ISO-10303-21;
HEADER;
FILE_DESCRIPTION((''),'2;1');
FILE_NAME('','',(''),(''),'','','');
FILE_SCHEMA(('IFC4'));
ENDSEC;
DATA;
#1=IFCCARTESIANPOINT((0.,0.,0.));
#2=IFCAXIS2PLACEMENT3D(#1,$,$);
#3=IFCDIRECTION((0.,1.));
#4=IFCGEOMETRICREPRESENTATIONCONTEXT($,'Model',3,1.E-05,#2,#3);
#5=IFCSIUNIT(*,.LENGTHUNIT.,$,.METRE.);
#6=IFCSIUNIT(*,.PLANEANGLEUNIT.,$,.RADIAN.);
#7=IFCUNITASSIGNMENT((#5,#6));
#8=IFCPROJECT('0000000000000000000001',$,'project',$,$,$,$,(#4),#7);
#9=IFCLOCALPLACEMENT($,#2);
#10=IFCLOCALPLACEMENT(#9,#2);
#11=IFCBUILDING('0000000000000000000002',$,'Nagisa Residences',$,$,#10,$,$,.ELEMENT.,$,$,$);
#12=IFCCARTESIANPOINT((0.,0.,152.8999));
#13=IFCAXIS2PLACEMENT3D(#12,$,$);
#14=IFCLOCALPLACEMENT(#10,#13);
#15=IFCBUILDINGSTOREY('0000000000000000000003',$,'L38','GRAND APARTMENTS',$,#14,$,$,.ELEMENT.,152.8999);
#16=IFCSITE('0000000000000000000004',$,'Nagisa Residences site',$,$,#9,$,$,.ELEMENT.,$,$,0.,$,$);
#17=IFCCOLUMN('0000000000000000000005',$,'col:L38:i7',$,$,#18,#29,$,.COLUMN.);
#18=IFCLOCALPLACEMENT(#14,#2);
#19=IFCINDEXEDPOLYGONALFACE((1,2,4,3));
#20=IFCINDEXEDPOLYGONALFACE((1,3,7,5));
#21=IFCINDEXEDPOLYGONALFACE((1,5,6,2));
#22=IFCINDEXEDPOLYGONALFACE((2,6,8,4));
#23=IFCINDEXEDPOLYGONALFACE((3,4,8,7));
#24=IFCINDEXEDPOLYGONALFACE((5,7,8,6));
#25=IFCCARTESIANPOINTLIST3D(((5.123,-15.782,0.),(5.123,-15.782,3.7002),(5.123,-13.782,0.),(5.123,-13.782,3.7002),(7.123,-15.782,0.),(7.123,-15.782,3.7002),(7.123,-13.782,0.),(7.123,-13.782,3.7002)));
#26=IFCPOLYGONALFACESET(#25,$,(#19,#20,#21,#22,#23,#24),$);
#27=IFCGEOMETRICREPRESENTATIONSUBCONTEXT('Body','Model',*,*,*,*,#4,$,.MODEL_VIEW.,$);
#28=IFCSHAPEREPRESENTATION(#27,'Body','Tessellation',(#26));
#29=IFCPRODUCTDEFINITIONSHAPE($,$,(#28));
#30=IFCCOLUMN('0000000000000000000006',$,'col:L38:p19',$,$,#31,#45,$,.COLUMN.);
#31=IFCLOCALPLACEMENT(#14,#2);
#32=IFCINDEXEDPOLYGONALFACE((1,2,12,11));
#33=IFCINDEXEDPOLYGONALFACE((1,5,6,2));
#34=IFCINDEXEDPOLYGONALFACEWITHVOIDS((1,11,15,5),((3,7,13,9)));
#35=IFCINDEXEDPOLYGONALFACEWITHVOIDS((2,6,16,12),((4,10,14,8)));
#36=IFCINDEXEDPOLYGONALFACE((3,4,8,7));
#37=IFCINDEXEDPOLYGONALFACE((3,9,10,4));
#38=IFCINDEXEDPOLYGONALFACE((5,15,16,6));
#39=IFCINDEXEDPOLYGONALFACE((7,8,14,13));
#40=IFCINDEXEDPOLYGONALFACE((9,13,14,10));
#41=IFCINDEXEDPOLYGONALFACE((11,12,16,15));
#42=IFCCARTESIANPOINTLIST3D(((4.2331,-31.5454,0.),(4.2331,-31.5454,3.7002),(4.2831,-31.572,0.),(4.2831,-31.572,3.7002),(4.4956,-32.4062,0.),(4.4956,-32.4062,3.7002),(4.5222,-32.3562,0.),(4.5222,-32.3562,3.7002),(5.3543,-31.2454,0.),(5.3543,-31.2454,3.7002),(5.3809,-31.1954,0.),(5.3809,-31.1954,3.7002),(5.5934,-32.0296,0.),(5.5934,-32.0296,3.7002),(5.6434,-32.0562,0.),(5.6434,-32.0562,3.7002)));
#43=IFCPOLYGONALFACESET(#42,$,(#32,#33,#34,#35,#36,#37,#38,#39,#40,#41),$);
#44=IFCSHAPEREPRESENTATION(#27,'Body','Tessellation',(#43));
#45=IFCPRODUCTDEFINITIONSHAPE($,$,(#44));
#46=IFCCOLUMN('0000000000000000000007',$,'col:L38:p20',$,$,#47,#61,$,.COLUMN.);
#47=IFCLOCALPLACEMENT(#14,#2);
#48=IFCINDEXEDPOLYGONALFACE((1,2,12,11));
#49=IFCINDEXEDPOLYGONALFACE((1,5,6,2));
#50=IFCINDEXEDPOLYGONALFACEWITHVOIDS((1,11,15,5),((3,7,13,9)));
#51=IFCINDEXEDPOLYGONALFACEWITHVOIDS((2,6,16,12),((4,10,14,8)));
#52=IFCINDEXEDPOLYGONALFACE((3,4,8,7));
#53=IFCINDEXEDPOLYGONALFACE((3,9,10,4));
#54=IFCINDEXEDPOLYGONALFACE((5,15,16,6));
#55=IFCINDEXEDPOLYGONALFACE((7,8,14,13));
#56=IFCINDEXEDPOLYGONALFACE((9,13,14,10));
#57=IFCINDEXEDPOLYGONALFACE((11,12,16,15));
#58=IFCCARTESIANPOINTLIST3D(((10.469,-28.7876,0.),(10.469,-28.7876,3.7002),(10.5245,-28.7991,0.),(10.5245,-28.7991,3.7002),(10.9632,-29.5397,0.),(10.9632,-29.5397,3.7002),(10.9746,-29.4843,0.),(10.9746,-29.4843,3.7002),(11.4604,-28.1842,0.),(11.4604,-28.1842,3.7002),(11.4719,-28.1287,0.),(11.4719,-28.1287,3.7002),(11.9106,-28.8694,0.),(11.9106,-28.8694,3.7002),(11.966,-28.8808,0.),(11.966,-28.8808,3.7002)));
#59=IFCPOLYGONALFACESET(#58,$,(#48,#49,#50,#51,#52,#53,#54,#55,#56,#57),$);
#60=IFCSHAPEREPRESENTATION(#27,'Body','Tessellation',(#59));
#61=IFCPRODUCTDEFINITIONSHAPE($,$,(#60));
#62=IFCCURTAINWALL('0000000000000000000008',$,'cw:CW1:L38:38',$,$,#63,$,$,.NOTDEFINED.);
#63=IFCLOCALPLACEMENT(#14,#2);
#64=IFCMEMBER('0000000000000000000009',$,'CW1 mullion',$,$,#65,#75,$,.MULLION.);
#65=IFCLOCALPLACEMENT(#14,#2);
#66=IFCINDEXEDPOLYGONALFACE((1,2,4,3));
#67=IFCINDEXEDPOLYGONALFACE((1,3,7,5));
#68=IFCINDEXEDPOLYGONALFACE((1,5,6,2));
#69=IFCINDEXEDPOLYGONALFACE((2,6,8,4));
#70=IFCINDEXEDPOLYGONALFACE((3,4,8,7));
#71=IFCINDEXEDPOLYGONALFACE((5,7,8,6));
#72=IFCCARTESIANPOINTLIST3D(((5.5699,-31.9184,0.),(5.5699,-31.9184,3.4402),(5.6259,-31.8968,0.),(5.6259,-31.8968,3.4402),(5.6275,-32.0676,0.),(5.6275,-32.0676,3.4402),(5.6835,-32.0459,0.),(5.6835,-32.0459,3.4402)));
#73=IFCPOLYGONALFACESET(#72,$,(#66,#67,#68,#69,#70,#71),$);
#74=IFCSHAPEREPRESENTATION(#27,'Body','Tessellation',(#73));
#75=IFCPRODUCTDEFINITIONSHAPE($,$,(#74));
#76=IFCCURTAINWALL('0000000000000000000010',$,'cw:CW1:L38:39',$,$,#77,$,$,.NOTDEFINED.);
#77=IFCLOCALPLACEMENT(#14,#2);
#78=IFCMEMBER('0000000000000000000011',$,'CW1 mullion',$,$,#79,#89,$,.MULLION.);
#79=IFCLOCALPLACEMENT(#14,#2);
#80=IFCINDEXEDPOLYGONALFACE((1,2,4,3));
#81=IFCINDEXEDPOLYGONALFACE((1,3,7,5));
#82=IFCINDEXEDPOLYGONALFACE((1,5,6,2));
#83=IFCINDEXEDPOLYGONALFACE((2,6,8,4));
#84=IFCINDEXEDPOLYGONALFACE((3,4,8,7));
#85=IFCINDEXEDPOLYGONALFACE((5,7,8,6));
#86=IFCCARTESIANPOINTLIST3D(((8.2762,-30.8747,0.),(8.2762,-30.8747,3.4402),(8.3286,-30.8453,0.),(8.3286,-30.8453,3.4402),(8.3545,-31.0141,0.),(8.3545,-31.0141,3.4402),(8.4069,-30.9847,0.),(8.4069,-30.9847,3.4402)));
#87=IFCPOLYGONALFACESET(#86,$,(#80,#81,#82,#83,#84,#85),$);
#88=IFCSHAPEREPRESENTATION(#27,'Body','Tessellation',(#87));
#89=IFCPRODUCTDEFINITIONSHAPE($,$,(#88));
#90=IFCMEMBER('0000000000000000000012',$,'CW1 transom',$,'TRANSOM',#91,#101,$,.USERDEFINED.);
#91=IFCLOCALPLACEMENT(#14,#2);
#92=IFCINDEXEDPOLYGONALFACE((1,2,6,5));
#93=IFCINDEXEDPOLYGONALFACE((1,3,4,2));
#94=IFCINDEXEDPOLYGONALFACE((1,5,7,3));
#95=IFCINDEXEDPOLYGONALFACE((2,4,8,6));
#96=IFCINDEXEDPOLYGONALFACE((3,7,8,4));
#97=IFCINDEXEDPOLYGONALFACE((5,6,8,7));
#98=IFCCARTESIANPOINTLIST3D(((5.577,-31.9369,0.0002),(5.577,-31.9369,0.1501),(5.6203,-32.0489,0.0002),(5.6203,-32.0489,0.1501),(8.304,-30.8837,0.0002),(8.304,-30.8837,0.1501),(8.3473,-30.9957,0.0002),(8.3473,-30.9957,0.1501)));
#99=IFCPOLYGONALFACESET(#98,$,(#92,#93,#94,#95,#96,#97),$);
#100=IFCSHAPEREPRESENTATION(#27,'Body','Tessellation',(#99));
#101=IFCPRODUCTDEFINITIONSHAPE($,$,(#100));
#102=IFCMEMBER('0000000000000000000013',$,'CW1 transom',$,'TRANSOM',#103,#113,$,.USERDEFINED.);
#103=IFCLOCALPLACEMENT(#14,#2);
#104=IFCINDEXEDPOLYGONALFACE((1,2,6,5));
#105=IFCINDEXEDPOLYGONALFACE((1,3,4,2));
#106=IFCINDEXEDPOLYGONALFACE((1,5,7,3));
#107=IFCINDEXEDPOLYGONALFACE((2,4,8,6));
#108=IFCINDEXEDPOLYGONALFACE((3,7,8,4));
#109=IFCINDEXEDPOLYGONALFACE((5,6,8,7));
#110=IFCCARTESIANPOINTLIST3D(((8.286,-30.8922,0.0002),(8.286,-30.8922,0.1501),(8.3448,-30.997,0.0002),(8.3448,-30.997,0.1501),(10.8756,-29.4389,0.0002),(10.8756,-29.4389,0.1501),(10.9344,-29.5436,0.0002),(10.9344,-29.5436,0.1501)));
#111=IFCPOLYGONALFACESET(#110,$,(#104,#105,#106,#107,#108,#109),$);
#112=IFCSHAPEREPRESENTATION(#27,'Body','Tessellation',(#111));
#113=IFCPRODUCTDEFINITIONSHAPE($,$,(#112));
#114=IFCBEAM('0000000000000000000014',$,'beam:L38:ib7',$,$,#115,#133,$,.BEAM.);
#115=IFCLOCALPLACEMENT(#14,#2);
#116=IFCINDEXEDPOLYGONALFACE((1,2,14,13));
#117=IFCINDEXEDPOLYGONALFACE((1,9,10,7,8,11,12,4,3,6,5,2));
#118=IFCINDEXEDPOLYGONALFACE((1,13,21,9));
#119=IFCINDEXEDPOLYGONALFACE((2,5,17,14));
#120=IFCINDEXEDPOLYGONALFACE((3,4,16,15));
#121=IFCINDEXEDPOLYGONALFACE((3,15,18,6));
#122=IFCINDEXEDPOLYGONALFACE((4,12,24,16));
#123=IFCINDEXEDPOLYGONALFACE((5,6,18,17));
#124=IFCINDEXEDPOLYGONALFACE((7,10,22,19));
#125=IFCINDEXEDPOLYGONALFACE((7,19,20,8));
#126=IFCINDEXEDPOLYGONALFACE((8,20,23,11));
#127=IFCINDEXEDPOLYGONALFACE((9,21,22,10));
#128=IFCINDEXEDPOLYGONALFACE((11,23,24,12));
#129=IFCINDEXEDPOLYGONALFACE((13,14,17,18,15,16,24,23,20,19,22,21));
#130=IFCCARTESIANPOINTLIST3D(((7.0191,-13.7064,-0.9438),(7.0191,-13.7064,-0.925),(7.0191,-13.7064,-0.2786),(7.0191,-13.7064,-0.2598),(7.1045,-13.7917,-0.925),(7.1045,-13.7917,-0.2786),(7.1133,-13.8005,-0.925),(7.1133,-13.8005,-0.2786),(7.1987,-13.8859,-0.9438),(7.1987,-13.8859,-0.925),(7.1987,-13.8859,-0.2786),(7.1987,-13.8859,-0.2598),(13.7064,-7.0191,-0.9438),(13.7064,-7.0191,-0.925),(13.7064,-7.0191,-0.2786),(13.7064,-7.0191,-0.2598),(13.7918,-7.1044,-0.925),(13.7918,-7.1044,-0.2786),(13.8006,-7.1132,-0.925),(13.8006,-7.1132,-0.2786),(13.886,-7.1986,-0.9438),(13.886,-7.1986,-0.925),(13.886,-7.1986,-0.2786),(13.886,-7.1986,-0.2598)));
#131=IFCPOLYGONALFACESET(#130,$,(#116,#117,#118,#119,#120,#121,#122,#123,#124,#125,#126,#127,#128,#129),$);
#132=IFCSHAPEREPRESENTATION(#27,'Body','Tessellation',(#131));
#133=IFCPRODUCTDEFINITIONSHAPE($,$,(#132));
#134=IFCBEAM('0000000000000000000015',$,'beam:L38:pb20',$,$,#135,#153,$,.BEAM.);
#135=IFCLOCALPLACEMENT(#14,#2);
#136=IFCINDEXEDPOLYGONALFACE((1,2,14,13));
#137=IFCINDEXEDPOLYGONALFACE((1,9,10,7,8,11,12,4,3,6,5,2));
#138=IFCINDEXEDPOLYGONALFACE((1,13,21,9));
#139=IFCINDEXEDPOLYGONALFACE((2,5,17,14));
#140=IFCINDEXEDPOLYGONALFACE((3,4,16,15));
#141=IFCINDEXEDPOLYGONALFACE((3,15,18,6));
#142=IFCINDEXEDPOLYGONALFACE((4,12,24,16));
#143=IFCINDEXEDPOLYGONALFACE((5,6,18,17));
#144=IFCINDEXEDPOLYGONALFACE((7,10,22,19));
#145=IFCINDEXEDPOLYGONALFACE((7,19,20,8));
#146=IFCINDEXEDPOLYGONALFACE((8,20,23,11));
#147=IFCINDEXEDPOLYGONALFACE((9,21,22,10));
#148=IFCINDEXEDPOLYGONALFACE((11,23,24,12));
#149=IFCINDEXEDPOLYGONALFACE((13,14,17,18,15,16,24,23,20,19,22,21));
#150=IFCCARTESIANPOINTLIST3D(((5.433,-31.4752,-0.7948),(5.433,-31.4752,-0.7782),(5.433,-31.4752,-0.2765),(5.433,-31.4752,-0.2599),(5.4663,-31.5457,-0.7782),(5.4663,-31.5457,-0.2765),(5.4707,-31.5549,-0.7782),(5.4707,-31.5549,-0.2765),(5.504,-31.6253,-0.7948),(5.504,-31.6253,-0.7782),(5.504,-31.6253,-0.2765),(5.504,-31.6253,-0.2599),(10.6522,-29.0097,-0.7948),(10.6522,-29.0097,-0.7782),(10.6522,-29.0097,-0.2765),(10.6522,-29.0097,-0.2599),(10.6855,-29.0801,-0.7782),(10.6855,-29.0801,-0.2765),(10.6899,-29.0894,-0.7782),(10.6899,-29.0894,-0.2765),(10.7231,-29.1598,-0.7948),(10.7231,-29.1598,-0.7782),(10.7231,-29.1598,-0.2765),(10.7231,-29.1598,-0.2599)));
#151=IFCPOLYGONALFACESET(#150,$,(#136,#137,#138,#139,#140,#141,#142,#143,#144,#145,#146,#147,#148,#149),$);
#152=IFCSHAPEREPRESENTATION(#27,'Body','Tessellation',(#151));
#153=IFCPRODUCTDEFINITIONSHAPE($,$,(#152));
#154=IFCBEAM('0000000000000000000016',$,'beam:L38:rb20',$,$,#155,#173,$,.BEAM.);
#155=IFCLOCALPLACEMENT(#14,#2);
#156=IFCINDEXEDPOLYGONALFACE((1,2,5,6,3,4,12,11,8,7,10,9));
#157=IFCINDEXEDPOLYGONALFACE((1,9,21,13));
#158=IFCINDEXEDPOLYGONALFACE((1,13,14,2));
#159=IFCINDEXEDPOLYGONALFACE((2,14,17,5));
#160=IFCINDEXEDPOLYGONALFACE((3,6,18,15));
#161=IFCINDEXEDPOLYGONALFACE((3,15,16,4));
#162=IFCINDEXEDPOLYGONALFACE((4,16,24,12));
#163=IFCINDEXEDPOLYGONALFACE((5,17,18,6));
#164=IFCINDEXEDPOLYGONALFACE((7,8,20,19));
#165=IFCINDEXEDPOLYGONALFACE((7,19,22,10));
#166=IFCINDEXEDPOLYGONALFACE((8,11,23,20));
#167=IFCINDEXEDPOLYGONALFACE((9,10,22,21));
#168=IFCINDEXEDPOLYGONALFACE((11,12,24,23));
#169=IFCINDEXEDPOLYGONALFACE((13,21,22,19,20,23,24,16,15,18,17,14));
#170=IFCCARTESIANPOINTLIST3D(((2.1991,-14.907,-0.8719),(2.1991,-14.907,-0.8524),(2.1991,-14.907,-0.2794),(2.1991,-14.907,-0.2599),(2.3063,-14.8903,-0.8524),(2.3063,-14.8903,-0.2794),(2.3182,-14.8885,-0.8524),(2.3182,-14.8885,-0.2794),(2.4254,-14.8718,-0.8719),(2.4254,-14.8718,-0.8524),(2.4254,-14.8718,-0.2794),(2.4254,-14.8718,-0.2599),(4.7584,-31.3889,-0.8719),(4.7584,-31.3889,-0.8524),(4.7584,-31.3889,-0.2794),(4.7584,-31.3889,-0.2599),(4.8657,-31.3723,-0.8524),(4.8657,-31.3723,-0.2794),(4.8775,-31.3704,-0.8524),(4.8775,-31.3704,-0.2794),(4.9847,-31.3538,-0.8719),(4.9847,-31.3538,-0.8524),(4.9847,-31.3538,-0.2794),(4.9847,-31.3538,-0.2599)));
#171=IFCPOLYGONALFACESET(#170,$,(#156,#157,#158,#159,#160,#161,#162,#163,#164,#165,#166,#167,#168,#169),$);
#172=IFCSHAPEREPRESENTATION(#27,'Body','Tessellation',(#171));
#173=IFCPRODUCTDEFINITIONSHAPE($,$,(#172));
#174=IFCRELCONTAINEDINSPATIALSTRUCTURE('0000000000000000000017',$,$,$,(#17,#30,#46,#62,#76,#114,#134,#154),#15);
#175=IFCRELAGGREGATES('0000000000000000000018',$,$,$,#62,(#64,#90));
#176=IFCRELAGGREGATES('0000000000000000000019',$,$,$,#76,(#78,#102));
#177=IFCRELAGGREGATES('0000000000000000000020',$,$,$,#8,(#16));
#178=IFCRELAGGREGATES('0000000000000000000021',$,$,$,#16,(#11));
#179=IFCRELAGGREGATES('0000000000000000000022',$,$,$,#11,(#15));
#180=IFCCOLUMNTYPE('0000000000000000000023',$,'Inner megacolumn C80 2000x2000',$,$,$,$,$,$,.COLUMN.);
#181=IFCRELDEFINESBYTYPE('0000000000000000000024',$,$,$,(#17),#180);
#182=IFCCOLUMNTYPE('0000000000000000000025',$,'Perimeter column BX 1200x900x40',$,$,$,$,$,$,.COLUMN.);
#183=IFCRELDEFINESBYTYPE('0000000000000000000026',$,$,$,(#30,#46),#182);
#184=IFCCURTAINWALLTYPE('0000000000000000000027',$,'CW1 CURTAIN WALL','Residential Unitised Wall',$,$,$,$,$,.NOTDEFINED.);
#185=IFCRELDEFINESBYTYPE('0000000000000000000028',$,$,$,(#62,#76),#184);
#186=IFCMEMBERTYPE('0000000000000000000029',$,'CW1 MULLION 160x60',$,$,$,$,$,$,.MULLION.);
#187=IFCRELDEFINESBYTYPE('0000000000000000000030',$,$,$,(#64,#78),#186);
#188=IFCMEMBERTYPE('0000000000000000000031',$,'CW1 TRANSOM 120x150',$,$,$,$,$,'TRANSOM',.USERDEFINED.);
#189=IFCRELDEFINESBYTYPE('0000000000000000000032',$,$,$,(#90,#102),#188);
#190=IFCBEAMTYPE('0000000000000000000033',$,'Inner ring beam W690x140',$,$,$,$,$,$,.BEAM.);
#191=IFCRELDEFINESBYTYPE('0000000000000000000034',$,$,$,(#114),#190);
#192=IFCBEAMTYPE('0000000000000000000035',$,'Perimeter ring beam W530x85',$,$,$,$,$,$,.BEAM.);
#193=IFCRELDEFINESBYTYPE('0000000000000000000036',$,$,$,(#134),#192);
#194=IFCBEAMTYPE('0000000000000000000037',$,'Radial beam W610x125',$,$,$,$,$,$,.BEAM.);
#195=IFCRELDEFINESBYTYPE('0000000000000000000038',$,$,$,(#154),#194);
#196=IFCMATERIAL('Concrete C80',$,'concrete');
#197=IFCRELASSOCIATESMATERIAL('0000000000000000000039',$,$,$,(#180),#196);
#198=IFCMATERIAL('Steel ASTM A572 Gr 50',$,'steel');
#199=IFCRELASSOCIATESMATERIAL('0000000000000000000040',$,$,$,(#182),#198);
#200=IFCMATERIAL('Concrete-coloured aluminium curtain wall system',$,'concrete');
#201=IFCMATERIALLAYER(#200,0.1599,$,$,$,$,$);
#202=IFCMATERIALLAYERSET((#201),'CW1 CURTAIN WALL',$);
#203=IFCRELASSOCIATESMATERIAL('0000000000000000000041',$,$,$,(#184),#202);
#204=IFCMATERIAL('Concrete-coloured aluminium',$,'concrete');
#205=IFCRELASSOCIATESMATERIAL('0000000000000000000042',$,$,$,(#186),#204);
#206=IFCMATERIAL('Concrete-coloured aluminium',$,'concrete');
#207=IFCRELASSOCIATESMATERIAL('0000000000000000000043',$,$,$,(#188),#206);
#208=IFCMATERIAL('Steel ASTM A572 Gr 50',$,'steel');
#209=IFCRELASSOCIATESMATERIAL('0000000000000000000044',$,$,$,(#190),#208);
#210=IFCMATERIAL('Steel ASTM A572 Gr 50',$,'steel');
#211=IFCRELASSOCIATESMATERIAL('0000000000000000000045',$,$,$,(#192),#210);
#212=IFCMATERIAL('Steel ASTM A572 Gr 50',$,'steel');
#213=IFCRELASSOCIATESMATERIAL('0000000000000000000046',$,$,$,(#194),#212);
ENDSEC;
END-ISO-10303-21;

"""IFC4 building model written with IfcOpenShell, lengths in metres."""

from ifc_helpers import new_model, si_unit, direction, frame, origin, origin_2d, place, context, subcontext, project, spatial, rectangle, hollow_rectangle, i_section, extrude, material, layer, layer_set, material_profile, profile_set, type_object, element, aggregate, save


model = new_model("IFC4")

# Units and contexts
model_context = context("Model", 3, precision=1e-05, world=origin(), true_north=direction((0.0, 1.0)))
body_context = subcontext(model_context, "Body", "Model", "MODEL_VIEW")
ifc_project = project(units=[si_unit("LENGTHUNIT", "METRE"), si_unit("PLANEANGLEUNIT", "RADIAN")], contexts=[model_context])

# Site, building, storey
site_placement = place(None, origin())
site = spatial("IfcSite", under=ifc_project, at=site_placement, Name="Nagisa Residences site", CompositionType="ELEMENT", RefElevation=0.0)
building_placement = place(site_placement, origin())
building = spatial("IfcBuilding", under=site, at=building_placement, Name="Nagisa Residences", CompositionType="ELEMENT")
storey_placement = place(building_placement, frame((0.0, 0.0, 152.8999)))
storey = spatial("IfcBuildingStorey", under=building, at=storey_placement, Name="L38", Description="GRAND APARTMENTS", CompositionType="ELEMENT", Elevation=152.8999)

# Columns
ifc_material_1 = material(Name="Concrete C80", Category="concrete")
ifc_material_profile_1 = material_profile(ifc_material_1, rectangle(XDim=2.0, YDim=2.0, at=origin_2d()), Name="C80 2000x2000")
ifc_profile_set_1 = profile_set([ifc_material_profile_1], Name="Concrete C80")
column_type_1 = type_object("IfcColumnType", Name="Inner megacolumn C80 2000x2000", PredefinedType="COLUMN", material=ifc_profile_set_1)
column_placement = place(storey_placement, frame((6.123, -14.782, 0.0), z_axis=(0.0, 0.0, 1.0), x_axis=(1.0, 0.0, 0.0)))
element("IfcColumn", 1, at=column_placement, inside=storey, type_object=column_type_1, Name="col:L38:i7", PredefinedType="COLUMN", context=body_context, shape_type="SweptSolid", body=[
    extrude(rectangle(XDim=2.0, YDim=2.0, at=origin_2d()), origin(), (0.0, 0.0, 1.0), 3.7002),
])
ifc_material_2 = material(Name="Steel ASTM A572 Gr 50", Category="steel")
ifc_material_profile_2 = material_profile(ifc_material_2, hollow_rectangle(XDim=1.2, YDim=0.8999, WallThickness=0.04, at=origin_2d()), Name="BX 1200x900x40")
ifc_profile_set_2 = profile_set([ifc_material_profile_2], Name="Steel ASTM A572 Gr 50")
column_type_2 = type_object("IfcColumnType", Name="Perimeter column BX 1200x900x40", PredefinedType="COLUMN", material=ifc_profile_set_2)
for number, where, z_axis, x_axis, name in (
    (2, (4.9382, -31.8008, 0.0), (0.0, 0.0, 1.0), (0.956525, 0.291652, 0.0), "col:L38:p19"),
    (3, (11.2175, -28.8342, 0.0), (0.0, 0.0, 1.0), (0.835766, 0.549086, 0.0), "col:L38:p20"),
):
    element("IfcColumn", number, at=place(storey_placement, frame(where, z_axis=z_axis, x_axis=x_axis)), inside=storey, type_object=column_type_2, Name=name, PredefinedType="COLUMN", context=body_context, shape_type="SweptSolid", body=[
        extrude(hollow_rectangle(XDim=1.2, YDim=0.8999, WallThickness=0.04, at=origin_2d()), origin(), (0.0, 0.0, 1.0), 3.7002),
    ])

# Curtain walls, members
ifc_material_3 = material(Name="Concrete-coloured aluminium curtain wall system", Category="concrete")
ifc_layer_1 = layer(ifc_material_3, 0.1599)
ifc_layer_set_1 = layer_set([ifc_layer_1], Name="CW1 CURTAIN WALL")
curtain_wall_type = type_object("IfcCurtainWallType", Name="CW1 CURTAIN WALL", Description="Residential Unitised Wall", PredefinedType="NOTDEFINED", material=ifc_layer_set_1)
curtain_wall_1_placement = place(storey_placement, origin())
curtain_wall_1 = element("IfcCurtainWall", 4, at=curtain_wall_1_placement, inside=storey, type_object=curtain_wall_type, Name="cw:CW1:L38:38", PredefinedType="NOTDEFINED")
ifc_material_4 = material(Name="Concrete-coloured aluminium", Category="concrete")
ifc_material_profile_3 = material_profile(ifc_material_4, rectangle(XDim=0.1599, YDim=0.0601, at=origin_2d()), Name="CW1 MULLION 160x60")
ifc_profile_set_3 = profile_set([ifc_material_profile_3], Name="Concrete-coloured aluminium")
member_type_1 = type_object("IfcMemberType", Name="CW1 MULLION 160x60", PredefinedType="MULLION", material=ifc_profile_set_3)
member_1_placement = place(storey_placement, frame((5.6267, -31.9822, 0.0), z_axis=(0.0, 0.0, 1.0), x_axis=(-0.360328, 0.932826, 0.0)))
member_1 = element("IfcMember", 5, at=member_1_placement, type_object=member_type_1, Name="CW1 mullion", PredefinedType="MULLION", context=body_context, shape_type="SweptSolid", body=[
    extrude(rectangle(XDim=0.1599, YDim=0.0601, at=origin_2d()), origin(), (0.0, 0.0, 1.0), 3.4402),
])
curtain_wall_2_placement = place(storey_placement, origin())
curtain_wall_2 = element("IfcCurtainWall", 6, at=curtain_wall_2_placement, inside=storey, type_object=curtain_wall_type, Name="cw:CW1:L38:39", PredefinedType="NOTDEFINED")
member_2_placement = place(storey_placement, frame((8.3416, -30.9297, 0.0), z_axis=(0.0, 0.0, 1.0), x_axis=(-0.489377, 0.872072, 0.0)))
member_2 = element("IfcMember", 7, at=member_2_placement, type_object=member_type_1, Name="CW1 mullion", PredefinedType="MULLION", context=body_context, shape_type="SweptSolid", body=[
    extrude(rectangle(XDim=0.1599, YDim=0.0601, at=origin_2d()), origin(), (0.0, 0.0, 1.0), 3.4402),
])

# Members
ifc_material_5 = material(Name="Concrete-coloured aluminium", Category="concrete")
ifc_material_profile_4 = material_profile(ifc_material_5, rectangle(XDim=0.1201, YDim=0.1499, at=origin_2d()), Name="CW1 TRANSOM 120x150")
ifc_profile_set_4 = profile_set([ifc_material_profile_4], Name="Concrete-coloured aluminium")
member_type_2 = type_object("IfcMemberType", Name="CW1 TRANSOM 120x150", ElementType="TRANSOM", PredefinedType="USERDEFINED", material=ifc_profile_set_4)
member_3_placement = place(storey_placement, frame((5.5986, -31.9929, 0.0752), z_axis=(0.932845, 0.360277, 0.0), x_axis=(-0.360277, 0.932845, 0.0)))
member_3 = element("IfcMember", 8, at=member_3_placement, type_object=member_type_2, Name="CW1 transom", ObjectType="TRANSOM", PredefinedType="USERDEFINED", context=body_context, shape_type="SweptSolid", body=[
    extrude(rectangle(XDim=0.1201, YDim=0.1499, at=origin_2d()), origin(), (0.0, 0.0, 1.0), 2.9233),
])
member_4_placement = place(storey_placement, frame((8.3154, -30.9446, 0.0752), z_axis=(0.872047, 0.489422, 0.0), x_axis=(-0.489422, 0.872047, 0.0)))
member_4 = element("IfcMember", 9, at=member_4_placement, type_object=member_type_2, Name="CW1 transom", ObjectType="TRANSOM", PredefinedType="USERDEFINED", context=body_context, shape_type="SweptSolid", body=[
    extrude(rectangle(XDim=0.1201, YDim=0.1499, at=origin_2d()), origin(), (0.0, 0.0, 1.0), 2.9695),
])

# Beams
ifc_material_6 = material(Name="Steel ASTM A572 Gr 50", Category="steel")
ifc_material_profile_5 = material_profile(ifc_material_6, i_section(OverallWidth=0.2539, OverallDepth=0.6841, WebThickness=0.0125, FlangeThickness=0.0188, at=origin_2d()), Name="W690x140")
ifc_profile_set_5 = profile_set([ifc_material_profile_5], Name="Steel ASTM A572 Gr 50")
beam_type_1 = type_object("IfcBeamType", Name="Inner ring beam W690x140", PredefinedType="BEAM", material=ifc_profile_set_5)
beam_1_placement = place(storey_placement, frame((7.1089, -13.7961, -0.6018), z_axis=(0.707107, 0.707107, 0.0), x_axis=(-0.707107, 0.707107, 0.0)))
element("IfcBeam", 10, at=beam_1_placement, inside=storey, type_object=beam_type_1, Name="beam:L38:ib7", PredefinedType="BEAM", context=body_context, shape_type="SweptSolid", body=[
    extrude(i_section(OverallWidth=0.2539, OverallDepth=0.6841, WebThickness=0.0125, FlangeThickness=0.0188, at=origin_2d()), origin(), (0.0, 0.0, 1.0), 9.4573),
])
ifc_material_7 = material(Name="Steel ASTM A572 Gr 50", Category="steel")
ifc_material_profile_6 = material_profile(ifc_material_7, i_section(OverallWidth=0.166, OverallDepth=0.5349, WebThickness=0.0103, FlangeThickness=0.0166, at=origin_2d()), Name="W530x85")
ifc_profile_set_6 = profile_set([ifc_material_profile_6], Name="Steel ASTM A572 Gr 50")
beam_type_2 = type_object("IfcBeamType", Name="Perimeter ring beam W530x85", PredefinedType="BEAM", material=ifc_profile_set_6)
beam_2_placement = place(storey_placement, frame((5.4685, -31.5503, -0.5273), z_axis=(0.904186, 0.427139, 0.0), x_axis=(-0.427139, 0.904186, 0.0)))
element("IfcBeam", 11, at=beam_2_placement, inside=storey, type_object=beam_type_2, Name="beam:L38:pb20", PredefinedType="BEAM", context=body_context, shape_type="SweptSolid", body=[
    extrude(i_section(OverallWidth=0.166, OverallDepth=0.5349, WebThickness=0.0103, FlangeThickness=0.0166, at=origin_2d()), origin(), (0.0, 0.0, 1.0), 5.7722),
])
ifc_material_8 = material(Name="Steel ASTM A572 Gr 50", Category="steel")
ifc_material_profile_7 = material_profile(ifc_material_8, i_section(OverallWidth=0.229, OverallDepth=0.6121, WebThickness=0.012, FlangeThickness=0.0195, at=origin_2d()), Name="W610x125")
ifc_profile_set_7 = profile_set([ifc_material_profile_7], Name="Steel ASTM A572 Gr 50")
beam_type_3 = type_object("IfcBeamType", Name="Radial beam W610x125", PredefinedType="BEAM", material=ifc_profile_set_7)
beam_3_placement = place(storey_placement, frame((4.8716, -31.3713, -0.5659), z_axis=(-0.153442, 0.988158, 0.0), x_axis=(-0.988158, -0.153442, 0.0)))
element("IfcBeam", 12, at=beam_3_placement, inside=storey, type_object=beam_type_3, Name="beam:L38:rb20", PredefinedType="BEAM", context=body_context, shape_type="SweptSolid", body=[
    extrude(i_section(OverallWidth=0.229, OverallDepth=0.6121, WebThickness=0.012, FlangeThickness=0.0195, at=origin_2d()), origin(), (0.0, 0.0, 1.0), 16.6794),
])

aggregate(curtain_wall_1, [member_1, member_3])
aggregate(curtain_wall_2, [member_2, member_4])

save(model, "model.ifc")
